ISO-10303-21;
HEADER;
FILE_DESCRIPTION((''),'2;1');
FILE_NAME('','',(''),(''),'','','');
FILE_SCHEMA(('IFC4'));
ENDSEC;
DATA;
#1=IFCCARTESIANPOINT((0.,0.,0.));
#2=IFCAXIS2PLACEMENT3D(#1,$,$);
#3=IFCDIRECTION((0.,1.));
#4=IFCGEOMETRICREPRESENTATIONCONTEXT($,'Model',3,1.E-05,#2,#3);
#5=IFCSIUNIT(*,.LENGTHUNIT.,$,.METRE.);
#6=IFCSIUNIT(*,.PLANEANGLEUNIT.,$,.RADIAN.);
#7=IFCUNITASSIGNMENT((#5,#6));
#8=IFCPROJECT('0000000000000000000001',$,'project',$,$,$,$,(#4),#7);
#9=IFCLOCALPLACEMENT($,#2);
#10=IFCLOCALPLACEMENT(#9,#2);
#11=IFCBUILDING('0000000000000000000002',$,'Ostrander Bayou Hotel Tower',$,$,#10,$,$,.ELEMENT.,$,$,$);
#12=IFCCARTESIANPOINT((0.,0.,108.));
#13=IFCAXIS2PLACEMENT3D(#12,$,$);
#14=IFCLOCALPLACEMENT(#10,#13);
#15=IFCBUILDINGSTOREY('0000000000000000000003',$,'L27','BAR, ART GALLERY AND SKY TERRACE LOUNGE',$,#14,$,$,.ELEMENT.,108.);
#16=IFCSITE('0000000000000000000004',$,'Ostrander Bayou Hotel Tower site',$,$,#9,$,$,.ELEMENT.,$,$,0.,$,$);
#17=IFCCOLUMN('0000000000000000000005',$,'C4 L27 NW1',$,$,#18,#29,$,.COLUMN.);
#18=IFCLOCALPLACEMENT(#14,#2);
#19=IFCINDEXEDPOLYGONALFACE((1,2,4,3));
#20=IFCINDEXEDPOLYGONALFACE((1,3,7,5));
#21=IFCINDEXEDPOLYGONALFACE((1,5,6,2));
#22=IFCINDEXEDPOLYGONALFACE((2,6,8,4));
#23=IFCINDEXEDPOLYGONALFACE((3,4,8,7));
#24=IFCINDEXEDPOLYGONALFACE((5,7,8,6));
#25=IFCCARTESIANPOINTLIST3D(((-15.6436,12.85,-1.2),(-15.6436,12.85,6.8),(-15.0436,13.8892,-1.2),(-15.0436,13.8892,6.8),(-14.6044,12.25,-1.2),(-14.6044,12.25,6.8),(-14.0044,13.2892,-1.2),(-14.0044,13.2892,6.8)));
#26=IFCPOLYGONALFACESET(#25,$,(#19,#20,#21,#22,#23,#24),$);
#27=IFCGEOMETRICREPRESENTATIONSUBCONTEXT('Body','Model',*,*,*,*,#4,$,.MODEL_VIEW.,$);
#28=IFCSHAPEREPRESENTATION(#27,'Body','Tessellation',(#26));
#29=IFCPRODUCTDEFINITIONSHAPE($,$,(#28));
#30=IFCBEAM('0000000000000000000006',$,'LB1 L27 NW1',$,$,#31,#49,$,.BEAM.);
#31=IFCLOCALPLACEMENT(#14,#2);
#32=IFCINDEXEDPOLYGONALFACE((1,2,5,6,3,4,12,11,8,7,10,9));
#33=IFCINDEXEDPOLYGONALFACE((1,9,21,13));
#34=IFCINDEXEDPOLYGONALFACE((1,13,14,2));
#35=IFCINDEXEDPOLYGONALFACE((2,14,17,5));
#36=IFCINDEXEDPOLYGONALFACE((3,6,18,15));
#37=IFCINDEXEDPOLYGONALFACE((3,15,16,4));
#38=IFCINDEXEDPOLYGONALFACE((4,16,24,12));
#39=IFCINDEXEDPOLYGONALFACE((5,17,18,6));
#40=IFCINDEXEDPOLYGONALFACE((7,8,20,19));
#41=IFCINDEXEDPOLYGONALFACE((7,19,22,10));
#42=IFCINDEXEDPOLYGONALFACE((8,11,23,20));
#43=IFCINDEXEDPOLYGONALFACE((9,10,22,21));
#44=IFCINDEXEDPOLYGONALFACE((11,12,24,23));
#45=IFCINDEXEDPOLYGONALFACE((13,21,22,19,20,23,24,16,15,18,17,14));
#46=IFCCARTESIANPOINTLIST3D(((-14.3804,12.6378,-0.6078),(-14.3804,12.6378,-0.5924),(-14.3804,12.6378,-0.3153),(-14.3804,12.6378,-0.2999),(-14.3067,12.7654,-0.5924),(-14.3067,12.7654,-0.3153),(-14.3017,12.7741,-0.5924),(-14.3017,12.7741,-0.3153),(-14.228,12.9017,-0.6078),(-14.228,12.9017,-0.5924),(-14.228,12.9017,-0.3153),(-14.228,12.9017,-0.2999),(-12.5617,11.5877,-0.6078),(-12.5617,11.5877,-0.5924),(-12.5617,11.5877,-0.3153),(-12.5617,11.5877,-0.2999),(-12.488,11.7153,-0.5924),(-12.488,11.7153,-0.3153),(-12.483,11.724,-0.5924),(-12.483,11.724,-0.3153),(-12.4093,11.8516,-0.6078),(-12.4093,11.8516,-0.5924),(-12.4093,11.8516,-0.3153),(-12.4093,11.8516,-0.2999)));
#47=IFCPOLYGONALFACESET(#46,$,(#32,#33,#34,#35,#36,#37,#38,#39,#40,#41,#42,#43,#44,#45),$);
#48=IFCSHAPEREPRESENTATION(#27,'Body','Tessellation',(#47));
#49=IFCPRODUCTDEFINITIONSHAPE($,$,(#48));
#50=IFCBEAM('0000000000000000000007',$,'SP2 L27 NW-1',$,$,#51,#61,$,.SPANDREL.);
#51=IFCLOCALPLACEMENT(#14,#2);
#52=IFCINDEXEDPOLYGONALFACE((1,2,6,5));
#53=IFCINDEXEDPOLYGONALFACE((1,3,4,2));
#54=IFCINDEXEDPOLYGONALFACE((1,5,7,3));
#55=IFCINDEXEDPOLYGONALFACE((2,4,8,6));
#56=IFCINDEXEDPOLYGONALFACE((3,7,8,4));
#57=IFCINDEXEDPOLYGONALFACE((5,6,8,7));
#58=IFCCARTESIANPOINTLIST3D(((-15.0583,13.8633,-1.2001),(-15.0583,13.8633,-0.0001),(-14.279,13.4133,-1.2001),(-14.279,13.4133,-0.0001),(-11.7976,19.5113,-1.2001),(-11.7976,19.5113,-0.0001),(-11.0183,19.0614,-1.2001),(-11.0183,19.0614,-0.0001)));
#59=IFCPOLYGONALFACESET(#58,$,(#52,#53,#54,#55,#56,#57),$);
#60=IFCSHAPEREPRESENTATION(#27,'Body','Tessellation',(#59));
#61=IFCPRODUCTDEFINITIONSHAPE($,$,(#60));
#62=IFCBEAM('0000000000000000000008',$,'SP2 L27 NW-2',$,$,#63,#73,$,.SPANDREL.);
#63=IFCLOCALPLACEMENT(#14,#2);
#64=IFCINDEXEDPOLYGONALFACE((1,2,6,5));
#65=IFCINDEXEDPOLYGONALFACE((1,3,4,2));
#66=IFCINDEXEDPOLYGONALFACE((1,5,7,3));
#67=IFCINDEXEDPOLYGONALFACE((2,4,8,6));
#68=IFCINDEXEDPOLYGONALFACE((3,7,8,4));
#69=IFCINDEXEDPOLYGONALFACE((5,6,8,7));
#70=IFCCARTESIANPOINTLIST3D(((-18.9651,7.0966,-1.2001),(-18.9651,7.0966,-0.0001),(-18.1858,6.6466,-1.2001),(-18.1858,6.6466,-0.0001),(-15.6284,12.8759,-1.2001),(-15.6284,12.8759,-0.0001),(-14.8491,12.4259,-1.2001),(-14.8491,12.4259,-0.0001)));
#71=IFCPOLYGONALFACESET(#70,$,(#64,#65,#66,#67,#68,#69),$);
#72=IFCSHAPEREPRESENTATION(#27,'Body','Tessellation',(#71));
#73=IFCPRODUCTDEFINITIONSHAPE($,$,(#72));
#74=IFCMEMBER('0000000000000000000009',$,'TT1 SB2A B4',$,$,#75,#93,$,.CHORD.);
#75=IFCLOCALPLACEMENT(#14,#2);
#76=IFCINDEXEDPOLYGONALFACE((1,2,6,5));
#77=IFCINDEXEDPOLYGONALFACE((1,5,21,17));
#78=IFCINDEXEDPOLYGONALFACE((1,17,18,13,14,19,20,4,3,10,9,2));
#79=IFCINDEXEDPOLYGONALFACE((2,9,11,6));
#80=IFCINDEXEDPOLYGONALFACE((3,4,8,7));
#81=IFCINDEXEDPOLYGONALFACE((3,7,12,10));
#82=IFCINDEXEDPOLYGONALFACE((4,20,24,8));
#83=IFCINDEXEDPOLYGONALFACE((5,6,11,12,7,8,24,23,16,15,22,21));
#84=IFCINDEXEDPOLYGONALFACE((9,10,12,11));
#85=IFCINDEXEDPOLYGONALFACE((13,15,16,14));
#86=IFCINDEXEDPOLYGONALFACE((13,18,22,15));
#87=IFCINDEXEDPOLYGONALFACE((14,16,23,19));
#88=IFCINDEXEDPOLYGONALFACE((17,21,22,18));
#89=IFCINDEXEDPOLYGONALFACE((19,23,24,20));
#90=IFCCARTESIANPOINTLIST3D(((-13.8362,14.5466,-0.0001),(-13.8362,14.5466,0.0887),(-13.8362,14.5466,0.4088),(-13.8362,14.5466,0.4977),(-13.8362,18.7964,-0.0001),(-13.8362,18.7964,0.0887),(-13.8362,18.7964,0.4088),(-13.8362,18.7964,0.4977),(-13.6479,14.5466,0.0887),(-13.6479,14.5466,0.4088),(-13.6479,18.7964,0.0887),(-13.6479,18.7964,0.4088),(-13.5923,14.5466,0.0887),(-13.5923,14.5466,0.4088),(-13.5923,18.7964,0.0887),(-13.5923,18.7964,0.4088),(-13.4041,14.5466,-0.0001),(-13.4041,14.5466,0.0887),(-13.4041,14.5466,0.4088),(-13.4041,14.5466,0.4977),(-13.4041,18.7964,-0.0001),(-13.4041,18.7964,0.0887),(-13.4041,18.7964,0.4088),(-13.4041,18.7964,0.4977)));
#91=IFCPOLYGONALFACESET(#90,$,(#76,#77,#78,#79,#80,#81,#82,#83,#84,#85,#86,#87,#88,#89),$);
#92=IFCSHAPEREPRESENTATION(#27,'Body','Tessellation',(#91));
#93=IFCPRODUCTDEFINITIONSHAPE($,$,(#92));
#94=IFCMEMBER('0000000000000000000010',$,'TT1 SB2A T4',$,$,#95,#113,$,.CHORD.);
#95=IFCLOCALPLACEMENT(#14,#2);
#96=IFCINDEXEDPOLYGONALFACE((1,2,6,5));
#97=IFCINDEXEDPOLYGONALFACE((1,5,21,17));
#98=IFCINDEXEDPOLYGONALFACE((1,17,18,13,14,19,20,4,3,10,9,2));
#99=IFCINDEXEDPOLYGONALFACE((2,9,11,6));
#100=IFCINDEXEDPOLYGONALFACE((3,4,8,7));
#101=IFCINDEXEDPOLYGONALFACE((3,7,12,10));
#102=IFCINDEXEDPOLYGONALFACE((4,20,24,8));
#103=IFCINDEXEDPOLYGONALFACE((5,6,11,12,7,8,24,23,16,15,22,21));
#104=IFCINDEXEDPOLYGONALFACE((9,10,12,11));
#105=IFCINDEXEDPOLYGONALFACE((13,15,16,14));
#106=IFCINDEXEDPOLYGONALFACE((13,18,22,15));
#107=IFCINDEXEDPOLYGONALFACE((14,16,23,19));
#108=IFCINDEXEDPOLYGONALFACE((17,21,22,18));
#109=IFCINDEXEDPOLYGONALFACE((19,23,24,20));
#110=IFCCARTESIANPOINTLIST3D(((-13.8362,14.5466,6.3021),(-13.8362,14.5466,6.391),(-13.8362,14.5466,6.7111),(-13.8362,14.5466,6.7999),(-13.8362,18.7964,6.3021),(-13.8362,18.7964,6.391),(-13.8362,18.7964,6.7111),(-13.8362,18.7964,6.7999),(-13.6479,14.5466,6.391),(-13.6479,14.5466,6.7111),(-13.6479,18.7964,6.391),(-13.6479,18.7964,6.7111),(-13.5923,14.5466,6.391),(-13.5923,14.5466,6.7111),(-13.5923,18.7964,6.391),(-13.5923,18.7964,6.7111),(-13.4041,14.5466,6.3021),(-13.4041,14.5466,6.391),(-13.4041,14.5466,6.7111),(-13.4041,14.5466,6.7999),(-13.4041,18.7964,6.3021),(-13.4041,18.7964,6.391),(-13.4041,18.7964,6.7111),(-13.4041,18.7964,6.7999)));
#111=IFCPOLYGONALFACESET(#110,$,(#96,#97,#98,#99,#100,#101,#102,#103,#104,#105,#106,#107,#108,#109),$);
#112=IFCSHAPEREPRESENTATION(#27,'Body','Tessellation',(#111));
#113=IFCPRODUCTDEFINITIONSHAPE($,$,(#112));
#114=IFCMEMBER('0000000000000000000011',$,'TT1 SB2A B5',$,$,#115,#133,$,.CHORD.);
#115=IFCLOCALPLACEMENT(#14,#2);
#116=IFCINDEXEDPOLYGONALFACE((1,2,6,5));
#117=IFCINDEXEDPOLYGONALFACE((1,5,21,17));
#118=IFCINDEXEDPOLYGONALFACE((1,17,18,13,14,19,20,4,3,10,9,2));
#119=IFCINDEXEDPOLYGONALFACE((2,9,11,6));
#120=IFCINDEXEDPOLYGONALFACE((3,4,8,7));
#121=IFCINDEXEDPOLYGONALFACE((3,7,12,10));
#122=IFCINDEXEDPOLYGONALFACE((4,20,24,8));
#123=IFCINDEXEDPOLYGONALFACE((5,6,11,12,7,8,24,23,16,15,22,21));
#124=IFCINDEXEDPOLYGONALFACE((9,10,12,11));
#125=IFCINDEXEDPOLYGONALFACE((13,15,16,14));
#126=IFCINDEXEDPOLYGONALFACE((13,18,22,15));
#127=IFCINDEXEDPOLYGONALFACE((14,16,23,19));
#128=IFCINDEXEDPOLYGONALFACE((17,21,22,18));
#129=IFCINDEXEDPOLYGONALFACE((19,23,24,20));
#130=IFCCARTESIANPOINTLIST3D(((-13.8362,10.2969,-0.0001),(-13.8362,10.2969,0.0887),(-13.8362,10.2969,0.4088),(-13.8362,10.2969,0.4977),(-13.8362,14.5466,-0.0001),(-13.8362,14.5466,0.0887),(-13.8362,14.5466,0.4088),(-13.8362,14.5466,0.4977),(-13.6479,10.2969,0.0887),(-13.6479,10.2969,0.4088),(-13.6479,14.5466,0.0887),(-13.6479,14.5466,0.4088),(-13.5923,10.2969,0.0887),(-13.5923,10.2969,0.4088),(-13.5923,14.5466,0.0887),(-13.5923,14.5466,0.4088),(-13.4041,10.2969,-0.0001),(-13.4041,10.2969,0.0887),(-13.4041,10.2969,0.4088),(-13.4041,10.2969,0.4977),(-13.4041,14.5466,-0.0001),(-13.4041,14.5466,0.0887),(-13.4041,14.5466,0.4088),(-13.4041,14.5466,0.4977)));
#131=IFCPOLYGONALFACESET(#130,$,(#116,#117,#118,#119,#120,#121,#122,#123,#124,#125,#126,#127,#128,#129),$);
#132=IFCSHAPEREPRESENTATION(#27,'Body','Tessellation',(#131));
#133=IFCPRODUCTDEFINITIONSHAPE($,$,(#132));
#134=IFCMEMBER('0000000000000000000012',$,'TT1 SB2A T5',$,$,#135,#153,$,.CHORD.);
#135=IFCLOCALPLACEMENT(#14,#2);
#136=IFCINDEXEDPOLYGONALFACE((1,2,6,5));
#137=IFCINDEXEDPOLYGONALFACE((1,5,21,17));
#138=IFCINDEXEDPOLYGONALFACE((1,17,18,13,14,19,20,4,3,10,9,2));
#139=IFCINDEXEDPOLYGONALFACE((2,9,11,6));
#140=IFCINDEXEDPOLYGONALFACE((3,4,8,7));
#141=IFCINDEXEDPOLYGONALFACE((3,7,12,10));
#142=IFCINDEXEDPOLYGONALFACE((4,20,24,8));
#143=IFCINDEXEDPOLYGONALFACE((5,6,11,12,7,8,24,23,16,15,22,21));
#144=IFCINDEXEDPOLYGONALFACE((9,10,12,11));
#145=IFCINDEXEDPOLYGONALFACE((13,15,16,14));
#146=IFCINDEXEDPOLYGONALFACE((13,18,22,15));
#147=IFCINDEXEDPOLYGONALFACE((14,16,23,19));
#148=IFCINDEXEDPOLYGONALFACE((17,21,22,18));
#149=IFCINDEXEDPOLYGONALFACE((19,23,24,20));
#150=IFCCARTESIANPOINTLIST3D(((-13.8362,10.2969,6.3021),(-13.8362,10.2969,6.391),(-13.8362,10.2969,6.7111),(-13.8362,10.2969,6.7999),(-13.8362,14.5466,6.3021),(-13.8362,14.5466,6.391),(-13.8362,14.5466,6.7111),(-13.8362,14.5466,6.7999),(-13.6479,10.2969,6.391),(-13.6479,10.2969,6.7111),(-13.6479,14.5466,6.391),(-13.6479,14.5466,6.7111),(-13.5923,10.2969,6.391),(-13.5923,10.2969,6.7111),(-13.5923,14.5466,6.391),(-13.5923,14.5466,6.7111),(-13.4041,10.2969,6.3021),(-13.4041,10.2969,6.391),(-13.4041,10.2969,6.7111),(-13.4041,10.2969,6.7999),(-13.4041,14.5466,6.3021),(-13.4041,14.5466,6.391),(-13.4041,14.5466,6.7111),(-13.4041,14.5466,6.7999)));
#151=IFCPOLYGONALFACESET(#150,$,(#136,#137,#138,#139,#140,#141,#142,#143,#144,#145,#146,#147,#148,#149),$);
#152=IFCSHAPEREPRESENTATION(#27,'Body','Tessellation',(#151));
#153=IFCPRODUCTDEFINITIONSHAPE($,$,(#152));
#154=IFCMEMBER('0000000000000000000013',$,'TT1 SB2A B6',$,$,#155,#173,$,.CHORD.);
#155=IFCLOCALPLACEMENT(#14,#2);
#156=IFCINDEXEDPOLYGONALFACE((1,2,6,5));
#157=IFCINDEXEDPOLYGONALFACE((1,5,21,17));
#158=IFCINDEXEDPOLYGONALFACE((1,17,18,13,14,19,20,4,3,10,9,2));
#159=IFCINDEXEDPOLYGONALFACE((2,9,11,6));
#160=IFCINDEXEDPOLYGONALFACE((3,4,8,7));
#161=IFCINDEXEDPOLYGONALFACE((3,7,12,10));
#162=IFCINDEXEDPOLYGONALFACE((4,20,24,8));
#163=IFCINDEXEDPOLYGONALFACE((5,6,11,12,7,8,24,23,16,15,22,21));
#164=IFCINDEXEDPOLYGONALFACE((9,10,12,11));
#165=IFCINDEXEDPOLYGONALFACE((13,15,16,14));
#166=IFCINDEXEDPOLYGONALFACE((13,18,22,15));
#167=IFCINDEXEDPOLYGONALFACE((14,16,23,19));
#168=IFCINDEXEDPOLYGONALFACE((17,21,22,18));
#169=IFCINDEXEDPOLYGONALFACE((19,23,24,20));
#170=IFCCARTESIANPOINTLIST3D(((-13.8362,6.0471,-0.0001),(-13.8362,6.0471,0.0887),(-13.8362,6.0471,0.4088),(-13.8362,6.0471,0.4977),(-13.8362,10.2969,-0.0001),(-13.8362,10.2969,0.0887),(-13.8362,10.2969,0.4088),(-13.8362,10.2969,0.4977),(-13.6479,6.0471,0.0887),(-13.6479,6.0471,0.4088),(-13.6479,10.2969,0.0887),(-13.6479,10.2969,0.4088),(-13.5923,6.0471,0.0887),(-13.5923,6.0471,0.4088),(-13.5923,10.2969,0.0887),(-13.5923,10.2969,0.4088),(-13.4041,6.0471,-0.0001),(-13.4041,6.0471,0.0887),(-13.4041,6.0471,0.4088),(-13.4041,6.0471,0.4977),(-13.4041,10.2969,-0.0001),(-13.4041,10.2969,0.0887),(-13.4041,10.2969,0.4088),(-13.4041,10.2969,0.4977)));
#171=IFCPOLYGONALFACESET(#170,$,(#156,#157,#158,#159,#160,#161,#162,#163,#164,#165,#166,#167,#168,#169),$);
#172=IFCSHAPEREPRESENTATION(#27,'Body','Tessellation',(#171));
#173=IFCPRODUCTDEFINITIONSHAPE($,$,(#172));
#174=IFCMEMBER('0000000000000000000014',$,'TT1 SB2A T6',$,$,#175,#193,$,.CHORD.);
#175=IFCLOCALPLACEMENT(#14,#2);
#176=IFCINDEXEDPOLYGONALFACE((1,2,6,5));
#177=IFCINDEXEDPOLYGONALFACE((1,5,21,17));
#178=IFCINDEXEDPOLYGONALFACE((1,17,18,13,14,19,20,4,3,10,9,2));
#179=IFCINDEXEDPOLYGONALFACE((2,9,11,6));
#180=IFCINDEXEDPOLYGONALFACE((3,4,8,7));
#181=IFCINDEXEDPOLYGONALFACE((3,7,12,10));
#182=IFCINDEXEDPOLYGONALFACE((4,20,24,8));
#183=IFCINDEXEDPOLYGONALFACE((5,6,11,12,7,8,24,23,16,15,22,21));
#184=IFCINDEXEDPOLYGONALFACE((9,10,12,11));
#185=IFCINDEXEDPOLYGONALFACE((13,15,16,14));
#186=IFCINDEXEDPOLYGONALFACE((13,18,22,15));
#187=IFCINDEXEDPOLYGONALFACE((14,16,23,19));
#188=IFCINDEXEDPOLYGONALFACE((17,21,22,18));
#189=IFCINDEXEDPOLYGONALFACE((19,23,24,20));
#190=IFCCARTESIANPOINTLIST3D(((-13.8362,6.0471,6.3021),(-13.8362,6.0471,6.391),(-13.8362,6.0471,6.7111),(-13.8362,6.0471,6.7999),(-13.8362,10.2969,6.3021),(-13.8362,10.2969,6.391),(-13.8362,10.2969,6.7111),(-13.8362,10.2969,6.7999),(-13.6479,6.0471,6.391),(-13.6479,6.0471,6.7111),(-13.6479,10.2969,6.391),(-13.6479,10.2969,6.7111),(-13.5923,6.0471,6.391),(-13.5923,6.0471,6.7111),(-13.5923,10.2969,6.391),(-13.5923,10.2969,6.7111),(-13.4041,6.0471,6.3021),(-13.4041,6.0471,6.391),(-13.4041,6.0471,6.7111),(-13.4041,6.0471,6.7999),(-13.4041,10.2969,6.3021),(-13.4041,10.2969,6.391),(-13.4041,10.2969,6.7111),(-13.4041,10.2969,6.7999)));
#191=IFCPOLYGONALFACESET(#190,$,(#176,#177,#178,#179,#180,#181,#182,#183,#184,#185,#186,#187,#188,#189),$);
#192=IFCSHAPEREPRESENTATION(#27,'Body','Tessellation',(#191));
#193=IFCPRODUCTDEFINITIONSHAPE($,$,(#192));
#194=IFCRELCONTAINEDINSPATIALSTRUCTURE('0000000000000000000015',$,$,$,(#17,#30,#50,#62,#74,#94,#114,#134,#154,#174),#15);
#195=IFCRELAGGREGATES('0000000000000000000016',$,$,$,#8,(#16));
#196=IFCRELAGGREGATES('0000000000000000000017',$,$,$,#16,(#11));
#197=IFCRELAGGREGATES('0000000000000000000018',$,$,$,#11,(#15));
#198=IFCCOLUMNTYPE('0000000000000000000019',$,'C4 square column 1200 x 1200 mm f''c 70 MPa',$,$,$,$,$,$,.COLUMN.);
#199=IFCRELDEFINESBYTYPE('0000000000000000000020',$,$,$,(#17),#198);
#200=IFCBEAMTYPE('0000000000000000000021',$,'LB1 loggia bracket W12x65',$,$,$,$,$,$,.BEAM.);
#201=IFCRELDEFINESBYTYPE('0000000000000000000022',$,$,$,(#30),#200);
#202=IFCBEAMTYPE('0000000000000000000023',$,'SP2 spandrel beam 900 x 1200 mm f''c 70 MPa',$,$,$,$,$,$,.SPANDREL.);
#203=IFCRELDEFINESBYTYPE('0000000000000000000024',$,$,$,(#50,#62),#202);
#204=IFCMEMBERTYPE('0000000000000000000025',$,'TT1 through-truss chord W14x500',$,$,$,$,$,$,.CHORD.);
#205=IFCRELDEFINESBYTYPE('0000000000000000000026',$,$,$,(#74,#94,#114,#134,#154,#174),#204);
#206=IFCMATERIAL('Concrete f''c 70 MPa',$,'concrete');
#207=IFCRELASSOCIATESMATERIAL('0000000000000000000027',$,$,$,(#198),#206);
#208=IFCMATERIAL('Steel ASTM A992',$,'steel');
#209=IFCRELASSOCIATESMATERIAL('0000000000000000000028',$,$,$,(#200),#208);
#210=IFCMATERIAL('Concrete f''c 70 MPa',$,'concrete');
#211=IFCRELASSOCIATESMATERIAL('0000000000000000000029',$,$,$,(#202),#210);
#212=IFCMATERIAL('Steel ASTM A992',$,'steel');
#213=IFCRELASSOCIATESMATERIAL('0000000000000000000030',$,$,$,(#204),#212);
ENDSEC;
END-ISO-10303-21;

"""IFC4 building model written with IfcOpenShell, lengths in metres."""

from ifc_helpers import new_model, si_unit, direction, frame, origin, origin_2d, place, context, subcontext, project, spatial, rectangle, i_section, extrude, material, material_profile, profile_set, type_object, element, save


model = new_model("IFC4")

# Units and contexts
model_context = context("Model", 3, precision=1e-05, world=origin(), true_north=direction((0.0, 1.0)))
body_context = subcontext(model_context, "Body", "Model", "MODEL_VIEW")
ifc_project = project(units=[si_unit("LENGTHUNIT", "METRE"), si_unit("PLANEANGLEUNIT", "RADIAN")], contexts=[model_context])

# Site, building, storey
site_placement = place(None, origin())
site = spatial("IfcSite", under=ifc_project, at=site_placement, Name="Ostrander Bayou Hotel Tower site", CompositionType="ELEMENT", RefElevation=0.0)
building_placement = place(site_placement, origin())
building = spatial("IfcBuilding", under=site, at=building_placement, Name="Ostrander Bayou Hotel Tower", CompositionType="ELEMENT")
storey_placement = place(building_placement, frame((0.0, 0.0, 108.0)))
storey = spatial("IfcBuildingStorey", under=building, at=storey_placement, Name="L27", Description="BAR, ART GALLERY AND SKY TERRACE LOUNGE", CompositionType="ELEMENT", Elevation=108.0)

# Column
ifc_material_1 = material(Name="Concrete f'c 70 MPa", Category="concrete")
ifc_material_profile_1 = material_profile(ifc_material_1, rectangle(XDim=1.2, YDim=1.2, at=origin_2d()))
ifc_profile_set_1 = profile_set([ifc_material_profile_1], Name="Concrete f'c 70 MPa")
column_type = type_object("IfcColumnType", Name="C4 square column 1200 x 1200 mm f'c 70 MPa", PredefinedType="COLUMN", material=ifc_profile_set_1)
column_placement = place(storey_placement, frame((-14.824, 13.0696, -1.2), z_axis=(0.0, 0.0, 1.0), x_axis=(0.5, 0.866025, 0.0)))
element("IfcColumn", 1, at=column_placement, inside=storey, type_object=column_type, Name="C4 L27 NW1", PredefinedType="COLUMN", context=body_context, shape_type="SweptSolid", body=[
    extrude(rectangle(XDim=1.2, YDim=1.2, at=origin_2d()), origin(), (0.0, 0.0, 1.0), 8.0),
])

# Beams
ifc_material_2 = material(Name="Steel ASTM A992", Category="steel")
ifc_material_profile_2 = material_profile(ifc_material_2, i_section(OverallWidth=0.3047, OverallDepth=0.3079, WebThickness=0.01, FlangeThickness=0.0154, at=origin_2d()))
ifc_profile_set_2 = profile_set([ifc_material_profile_2], Name="Steel ASTM A992")
beam_type_1 = type_object("IfcBeamType", Name="LB1 loggia bracket W12x65", PredefinedType="BEAM", material=ifc_profile_set_2)
beam_1_placement = place(storey_placement, frame((-14.3042, 12.7698, -0.4539), z_axis=(0.866009, -0.500028, 0.0), x_axis=(0.500028, 0.866009, 0.0)))
element("IfcBeam", 2, at=beam_1_placement, inside=storey, type_object=beam_type_1, Name="LB1 L27 NW1", PredefinedType="BEAM", context=body_context, shape_type="SweptSolid", body=[
    extrude(i_section(OverallWidth=0.3047, OverallDepth=0.3079, WebThickness=0.01, FlangeThickness=0.0154, at=origin_2d()), origin(), (0.0, 0.0, 1.0), 2.1001),
])
ifc_material_3 = material(Name="Concrete f'c 70 MPa", Category="concrete")
ifc_material_profile_3 = material_profile(ifc_material_3, rectangle(XDim=0.8999, YDim=1.2, at=origin_2d()))
ifc_profile_set_3 = profile_set([ifc_material_profile_3], Name="Concrete f'c 70 MPa")
beam_type_2 = type_object("IfcBeamType", Name="SP2 spandrel beam 900 x 1200 mm f'c 70 MPa", PredefinedType="SPANDREL", material=ifc_profile_set_3)
beam_2_placement = place(storey_placement, frame((-11.408, 19.2864, -0.6001), z_axis=(-0.499972, -0.866042, 0.0), x_axis=(0.866042, -0.499972, 0.0)))
element("IfcBeam", 3, at=beam_2_placement, inside=storey, type_object=beam_type_2, Name="SP2 L27 NW-1", PredefinedType="SPANDREL", context=body_context, shape_type="SweptSolid", body=[
    extrude(rectangle(XDim=0.8999, YDim=1.2, at=origin_2d()), origin(), (0.0, 0.0, 1.0), 6.5217),
])
beam_3_placement = place(storey_placement, frame((-15.2388, 12.6509, -0.6001), z_axis=(-0.499999, -0.866026, 0.0), x_axis=(0.866026, -0.499999, 0.0)))
element("IfcBeam", 4, at=beam_3_placement, inside=storey, type_object=beam_type_2, Name="SP2 L27 NW-2", PredefinedType="SPANDREL", context=body_context, shape_type="SweptSolid", body=[
    extrude(rectangle(XDim=0.8999, YDim=1.2, at=origin_2d()), origin(), (0.0, 0.0, 1.0), 6.6733),
])

# Members
ifc_material_4 = material(Name="Steel ASTM A992", Category="steel")
ifc_material_profile_4 = material_profile(ifc_material_4, i_section(OverallWidth=0.4321, OverallDepth=0.4978, WebThickness=0.0557, FlangeThickness=0.0889, at=origin_2d()))
ifc_profile_set_4 = profile_set([ifc_material_profile_4], Name="Steel ASTM A992")
member_type_1 = type_object("IfcMemberType", Name="TT1 through-truss chord W14x500", PredefinedType="CHORD", material=ifc_profile_set_4)
for number, where, z_axis, x_axis, name in (
    (5, (-13.6201, 18.7964, 0.2488), (0.0, -1.0, 0.0), (1.0, 0.0, 0.0), "TT1 SB2A B4"),
    (6, (-13.6201, 18.7964, 6.551), (0.0, -1.0, 0.0), (1.0, 0.0, 0.0), "TT1 SB2A T4"),
    (7, (-13.6201, 14.5466, 0.2488), (0.0, -1.0, 0.0), (1.0, 0.0, 0.0), "TT1 SB2A B5"),
    (8, (-13.6201, 14.5466, 6.551), (0.0, -1.0, 0.0), (1.0, 0.0, 0.0), "TT1 SB2A T5"),
    (9, (-13.6201, 10.2969, 0.2488), (0.0, -1.0, 0.0), (1.0, 0.0, 0.0), "TT1 SB2A B6"),
    (10, (-13.6201, 10.2969, 6.551), (0.0, -1.0, 0.0), (1.0, 0.0, 0.0), "TT1 SB2A T6"),
):
    element("IfcMember", number, at=place(storey_placement, frame(where, z_axis=z_axis, x_axis=x_axis)), inside=storey, type_object=member_type_1, Name=name, PredefinedType="CHORD", context=body_context, shape_type="SweptSolid", body=[
        extrude(i_section(OverallWidth=0.4321, OverallDepth=0.4978, WebThickness=0.0557, FlangeThickness=0.0889, at=origin_2d()), origin(), (0.0, 0.0, 1.0), 4.2498),
    ])

save(model, "model.ifc")
